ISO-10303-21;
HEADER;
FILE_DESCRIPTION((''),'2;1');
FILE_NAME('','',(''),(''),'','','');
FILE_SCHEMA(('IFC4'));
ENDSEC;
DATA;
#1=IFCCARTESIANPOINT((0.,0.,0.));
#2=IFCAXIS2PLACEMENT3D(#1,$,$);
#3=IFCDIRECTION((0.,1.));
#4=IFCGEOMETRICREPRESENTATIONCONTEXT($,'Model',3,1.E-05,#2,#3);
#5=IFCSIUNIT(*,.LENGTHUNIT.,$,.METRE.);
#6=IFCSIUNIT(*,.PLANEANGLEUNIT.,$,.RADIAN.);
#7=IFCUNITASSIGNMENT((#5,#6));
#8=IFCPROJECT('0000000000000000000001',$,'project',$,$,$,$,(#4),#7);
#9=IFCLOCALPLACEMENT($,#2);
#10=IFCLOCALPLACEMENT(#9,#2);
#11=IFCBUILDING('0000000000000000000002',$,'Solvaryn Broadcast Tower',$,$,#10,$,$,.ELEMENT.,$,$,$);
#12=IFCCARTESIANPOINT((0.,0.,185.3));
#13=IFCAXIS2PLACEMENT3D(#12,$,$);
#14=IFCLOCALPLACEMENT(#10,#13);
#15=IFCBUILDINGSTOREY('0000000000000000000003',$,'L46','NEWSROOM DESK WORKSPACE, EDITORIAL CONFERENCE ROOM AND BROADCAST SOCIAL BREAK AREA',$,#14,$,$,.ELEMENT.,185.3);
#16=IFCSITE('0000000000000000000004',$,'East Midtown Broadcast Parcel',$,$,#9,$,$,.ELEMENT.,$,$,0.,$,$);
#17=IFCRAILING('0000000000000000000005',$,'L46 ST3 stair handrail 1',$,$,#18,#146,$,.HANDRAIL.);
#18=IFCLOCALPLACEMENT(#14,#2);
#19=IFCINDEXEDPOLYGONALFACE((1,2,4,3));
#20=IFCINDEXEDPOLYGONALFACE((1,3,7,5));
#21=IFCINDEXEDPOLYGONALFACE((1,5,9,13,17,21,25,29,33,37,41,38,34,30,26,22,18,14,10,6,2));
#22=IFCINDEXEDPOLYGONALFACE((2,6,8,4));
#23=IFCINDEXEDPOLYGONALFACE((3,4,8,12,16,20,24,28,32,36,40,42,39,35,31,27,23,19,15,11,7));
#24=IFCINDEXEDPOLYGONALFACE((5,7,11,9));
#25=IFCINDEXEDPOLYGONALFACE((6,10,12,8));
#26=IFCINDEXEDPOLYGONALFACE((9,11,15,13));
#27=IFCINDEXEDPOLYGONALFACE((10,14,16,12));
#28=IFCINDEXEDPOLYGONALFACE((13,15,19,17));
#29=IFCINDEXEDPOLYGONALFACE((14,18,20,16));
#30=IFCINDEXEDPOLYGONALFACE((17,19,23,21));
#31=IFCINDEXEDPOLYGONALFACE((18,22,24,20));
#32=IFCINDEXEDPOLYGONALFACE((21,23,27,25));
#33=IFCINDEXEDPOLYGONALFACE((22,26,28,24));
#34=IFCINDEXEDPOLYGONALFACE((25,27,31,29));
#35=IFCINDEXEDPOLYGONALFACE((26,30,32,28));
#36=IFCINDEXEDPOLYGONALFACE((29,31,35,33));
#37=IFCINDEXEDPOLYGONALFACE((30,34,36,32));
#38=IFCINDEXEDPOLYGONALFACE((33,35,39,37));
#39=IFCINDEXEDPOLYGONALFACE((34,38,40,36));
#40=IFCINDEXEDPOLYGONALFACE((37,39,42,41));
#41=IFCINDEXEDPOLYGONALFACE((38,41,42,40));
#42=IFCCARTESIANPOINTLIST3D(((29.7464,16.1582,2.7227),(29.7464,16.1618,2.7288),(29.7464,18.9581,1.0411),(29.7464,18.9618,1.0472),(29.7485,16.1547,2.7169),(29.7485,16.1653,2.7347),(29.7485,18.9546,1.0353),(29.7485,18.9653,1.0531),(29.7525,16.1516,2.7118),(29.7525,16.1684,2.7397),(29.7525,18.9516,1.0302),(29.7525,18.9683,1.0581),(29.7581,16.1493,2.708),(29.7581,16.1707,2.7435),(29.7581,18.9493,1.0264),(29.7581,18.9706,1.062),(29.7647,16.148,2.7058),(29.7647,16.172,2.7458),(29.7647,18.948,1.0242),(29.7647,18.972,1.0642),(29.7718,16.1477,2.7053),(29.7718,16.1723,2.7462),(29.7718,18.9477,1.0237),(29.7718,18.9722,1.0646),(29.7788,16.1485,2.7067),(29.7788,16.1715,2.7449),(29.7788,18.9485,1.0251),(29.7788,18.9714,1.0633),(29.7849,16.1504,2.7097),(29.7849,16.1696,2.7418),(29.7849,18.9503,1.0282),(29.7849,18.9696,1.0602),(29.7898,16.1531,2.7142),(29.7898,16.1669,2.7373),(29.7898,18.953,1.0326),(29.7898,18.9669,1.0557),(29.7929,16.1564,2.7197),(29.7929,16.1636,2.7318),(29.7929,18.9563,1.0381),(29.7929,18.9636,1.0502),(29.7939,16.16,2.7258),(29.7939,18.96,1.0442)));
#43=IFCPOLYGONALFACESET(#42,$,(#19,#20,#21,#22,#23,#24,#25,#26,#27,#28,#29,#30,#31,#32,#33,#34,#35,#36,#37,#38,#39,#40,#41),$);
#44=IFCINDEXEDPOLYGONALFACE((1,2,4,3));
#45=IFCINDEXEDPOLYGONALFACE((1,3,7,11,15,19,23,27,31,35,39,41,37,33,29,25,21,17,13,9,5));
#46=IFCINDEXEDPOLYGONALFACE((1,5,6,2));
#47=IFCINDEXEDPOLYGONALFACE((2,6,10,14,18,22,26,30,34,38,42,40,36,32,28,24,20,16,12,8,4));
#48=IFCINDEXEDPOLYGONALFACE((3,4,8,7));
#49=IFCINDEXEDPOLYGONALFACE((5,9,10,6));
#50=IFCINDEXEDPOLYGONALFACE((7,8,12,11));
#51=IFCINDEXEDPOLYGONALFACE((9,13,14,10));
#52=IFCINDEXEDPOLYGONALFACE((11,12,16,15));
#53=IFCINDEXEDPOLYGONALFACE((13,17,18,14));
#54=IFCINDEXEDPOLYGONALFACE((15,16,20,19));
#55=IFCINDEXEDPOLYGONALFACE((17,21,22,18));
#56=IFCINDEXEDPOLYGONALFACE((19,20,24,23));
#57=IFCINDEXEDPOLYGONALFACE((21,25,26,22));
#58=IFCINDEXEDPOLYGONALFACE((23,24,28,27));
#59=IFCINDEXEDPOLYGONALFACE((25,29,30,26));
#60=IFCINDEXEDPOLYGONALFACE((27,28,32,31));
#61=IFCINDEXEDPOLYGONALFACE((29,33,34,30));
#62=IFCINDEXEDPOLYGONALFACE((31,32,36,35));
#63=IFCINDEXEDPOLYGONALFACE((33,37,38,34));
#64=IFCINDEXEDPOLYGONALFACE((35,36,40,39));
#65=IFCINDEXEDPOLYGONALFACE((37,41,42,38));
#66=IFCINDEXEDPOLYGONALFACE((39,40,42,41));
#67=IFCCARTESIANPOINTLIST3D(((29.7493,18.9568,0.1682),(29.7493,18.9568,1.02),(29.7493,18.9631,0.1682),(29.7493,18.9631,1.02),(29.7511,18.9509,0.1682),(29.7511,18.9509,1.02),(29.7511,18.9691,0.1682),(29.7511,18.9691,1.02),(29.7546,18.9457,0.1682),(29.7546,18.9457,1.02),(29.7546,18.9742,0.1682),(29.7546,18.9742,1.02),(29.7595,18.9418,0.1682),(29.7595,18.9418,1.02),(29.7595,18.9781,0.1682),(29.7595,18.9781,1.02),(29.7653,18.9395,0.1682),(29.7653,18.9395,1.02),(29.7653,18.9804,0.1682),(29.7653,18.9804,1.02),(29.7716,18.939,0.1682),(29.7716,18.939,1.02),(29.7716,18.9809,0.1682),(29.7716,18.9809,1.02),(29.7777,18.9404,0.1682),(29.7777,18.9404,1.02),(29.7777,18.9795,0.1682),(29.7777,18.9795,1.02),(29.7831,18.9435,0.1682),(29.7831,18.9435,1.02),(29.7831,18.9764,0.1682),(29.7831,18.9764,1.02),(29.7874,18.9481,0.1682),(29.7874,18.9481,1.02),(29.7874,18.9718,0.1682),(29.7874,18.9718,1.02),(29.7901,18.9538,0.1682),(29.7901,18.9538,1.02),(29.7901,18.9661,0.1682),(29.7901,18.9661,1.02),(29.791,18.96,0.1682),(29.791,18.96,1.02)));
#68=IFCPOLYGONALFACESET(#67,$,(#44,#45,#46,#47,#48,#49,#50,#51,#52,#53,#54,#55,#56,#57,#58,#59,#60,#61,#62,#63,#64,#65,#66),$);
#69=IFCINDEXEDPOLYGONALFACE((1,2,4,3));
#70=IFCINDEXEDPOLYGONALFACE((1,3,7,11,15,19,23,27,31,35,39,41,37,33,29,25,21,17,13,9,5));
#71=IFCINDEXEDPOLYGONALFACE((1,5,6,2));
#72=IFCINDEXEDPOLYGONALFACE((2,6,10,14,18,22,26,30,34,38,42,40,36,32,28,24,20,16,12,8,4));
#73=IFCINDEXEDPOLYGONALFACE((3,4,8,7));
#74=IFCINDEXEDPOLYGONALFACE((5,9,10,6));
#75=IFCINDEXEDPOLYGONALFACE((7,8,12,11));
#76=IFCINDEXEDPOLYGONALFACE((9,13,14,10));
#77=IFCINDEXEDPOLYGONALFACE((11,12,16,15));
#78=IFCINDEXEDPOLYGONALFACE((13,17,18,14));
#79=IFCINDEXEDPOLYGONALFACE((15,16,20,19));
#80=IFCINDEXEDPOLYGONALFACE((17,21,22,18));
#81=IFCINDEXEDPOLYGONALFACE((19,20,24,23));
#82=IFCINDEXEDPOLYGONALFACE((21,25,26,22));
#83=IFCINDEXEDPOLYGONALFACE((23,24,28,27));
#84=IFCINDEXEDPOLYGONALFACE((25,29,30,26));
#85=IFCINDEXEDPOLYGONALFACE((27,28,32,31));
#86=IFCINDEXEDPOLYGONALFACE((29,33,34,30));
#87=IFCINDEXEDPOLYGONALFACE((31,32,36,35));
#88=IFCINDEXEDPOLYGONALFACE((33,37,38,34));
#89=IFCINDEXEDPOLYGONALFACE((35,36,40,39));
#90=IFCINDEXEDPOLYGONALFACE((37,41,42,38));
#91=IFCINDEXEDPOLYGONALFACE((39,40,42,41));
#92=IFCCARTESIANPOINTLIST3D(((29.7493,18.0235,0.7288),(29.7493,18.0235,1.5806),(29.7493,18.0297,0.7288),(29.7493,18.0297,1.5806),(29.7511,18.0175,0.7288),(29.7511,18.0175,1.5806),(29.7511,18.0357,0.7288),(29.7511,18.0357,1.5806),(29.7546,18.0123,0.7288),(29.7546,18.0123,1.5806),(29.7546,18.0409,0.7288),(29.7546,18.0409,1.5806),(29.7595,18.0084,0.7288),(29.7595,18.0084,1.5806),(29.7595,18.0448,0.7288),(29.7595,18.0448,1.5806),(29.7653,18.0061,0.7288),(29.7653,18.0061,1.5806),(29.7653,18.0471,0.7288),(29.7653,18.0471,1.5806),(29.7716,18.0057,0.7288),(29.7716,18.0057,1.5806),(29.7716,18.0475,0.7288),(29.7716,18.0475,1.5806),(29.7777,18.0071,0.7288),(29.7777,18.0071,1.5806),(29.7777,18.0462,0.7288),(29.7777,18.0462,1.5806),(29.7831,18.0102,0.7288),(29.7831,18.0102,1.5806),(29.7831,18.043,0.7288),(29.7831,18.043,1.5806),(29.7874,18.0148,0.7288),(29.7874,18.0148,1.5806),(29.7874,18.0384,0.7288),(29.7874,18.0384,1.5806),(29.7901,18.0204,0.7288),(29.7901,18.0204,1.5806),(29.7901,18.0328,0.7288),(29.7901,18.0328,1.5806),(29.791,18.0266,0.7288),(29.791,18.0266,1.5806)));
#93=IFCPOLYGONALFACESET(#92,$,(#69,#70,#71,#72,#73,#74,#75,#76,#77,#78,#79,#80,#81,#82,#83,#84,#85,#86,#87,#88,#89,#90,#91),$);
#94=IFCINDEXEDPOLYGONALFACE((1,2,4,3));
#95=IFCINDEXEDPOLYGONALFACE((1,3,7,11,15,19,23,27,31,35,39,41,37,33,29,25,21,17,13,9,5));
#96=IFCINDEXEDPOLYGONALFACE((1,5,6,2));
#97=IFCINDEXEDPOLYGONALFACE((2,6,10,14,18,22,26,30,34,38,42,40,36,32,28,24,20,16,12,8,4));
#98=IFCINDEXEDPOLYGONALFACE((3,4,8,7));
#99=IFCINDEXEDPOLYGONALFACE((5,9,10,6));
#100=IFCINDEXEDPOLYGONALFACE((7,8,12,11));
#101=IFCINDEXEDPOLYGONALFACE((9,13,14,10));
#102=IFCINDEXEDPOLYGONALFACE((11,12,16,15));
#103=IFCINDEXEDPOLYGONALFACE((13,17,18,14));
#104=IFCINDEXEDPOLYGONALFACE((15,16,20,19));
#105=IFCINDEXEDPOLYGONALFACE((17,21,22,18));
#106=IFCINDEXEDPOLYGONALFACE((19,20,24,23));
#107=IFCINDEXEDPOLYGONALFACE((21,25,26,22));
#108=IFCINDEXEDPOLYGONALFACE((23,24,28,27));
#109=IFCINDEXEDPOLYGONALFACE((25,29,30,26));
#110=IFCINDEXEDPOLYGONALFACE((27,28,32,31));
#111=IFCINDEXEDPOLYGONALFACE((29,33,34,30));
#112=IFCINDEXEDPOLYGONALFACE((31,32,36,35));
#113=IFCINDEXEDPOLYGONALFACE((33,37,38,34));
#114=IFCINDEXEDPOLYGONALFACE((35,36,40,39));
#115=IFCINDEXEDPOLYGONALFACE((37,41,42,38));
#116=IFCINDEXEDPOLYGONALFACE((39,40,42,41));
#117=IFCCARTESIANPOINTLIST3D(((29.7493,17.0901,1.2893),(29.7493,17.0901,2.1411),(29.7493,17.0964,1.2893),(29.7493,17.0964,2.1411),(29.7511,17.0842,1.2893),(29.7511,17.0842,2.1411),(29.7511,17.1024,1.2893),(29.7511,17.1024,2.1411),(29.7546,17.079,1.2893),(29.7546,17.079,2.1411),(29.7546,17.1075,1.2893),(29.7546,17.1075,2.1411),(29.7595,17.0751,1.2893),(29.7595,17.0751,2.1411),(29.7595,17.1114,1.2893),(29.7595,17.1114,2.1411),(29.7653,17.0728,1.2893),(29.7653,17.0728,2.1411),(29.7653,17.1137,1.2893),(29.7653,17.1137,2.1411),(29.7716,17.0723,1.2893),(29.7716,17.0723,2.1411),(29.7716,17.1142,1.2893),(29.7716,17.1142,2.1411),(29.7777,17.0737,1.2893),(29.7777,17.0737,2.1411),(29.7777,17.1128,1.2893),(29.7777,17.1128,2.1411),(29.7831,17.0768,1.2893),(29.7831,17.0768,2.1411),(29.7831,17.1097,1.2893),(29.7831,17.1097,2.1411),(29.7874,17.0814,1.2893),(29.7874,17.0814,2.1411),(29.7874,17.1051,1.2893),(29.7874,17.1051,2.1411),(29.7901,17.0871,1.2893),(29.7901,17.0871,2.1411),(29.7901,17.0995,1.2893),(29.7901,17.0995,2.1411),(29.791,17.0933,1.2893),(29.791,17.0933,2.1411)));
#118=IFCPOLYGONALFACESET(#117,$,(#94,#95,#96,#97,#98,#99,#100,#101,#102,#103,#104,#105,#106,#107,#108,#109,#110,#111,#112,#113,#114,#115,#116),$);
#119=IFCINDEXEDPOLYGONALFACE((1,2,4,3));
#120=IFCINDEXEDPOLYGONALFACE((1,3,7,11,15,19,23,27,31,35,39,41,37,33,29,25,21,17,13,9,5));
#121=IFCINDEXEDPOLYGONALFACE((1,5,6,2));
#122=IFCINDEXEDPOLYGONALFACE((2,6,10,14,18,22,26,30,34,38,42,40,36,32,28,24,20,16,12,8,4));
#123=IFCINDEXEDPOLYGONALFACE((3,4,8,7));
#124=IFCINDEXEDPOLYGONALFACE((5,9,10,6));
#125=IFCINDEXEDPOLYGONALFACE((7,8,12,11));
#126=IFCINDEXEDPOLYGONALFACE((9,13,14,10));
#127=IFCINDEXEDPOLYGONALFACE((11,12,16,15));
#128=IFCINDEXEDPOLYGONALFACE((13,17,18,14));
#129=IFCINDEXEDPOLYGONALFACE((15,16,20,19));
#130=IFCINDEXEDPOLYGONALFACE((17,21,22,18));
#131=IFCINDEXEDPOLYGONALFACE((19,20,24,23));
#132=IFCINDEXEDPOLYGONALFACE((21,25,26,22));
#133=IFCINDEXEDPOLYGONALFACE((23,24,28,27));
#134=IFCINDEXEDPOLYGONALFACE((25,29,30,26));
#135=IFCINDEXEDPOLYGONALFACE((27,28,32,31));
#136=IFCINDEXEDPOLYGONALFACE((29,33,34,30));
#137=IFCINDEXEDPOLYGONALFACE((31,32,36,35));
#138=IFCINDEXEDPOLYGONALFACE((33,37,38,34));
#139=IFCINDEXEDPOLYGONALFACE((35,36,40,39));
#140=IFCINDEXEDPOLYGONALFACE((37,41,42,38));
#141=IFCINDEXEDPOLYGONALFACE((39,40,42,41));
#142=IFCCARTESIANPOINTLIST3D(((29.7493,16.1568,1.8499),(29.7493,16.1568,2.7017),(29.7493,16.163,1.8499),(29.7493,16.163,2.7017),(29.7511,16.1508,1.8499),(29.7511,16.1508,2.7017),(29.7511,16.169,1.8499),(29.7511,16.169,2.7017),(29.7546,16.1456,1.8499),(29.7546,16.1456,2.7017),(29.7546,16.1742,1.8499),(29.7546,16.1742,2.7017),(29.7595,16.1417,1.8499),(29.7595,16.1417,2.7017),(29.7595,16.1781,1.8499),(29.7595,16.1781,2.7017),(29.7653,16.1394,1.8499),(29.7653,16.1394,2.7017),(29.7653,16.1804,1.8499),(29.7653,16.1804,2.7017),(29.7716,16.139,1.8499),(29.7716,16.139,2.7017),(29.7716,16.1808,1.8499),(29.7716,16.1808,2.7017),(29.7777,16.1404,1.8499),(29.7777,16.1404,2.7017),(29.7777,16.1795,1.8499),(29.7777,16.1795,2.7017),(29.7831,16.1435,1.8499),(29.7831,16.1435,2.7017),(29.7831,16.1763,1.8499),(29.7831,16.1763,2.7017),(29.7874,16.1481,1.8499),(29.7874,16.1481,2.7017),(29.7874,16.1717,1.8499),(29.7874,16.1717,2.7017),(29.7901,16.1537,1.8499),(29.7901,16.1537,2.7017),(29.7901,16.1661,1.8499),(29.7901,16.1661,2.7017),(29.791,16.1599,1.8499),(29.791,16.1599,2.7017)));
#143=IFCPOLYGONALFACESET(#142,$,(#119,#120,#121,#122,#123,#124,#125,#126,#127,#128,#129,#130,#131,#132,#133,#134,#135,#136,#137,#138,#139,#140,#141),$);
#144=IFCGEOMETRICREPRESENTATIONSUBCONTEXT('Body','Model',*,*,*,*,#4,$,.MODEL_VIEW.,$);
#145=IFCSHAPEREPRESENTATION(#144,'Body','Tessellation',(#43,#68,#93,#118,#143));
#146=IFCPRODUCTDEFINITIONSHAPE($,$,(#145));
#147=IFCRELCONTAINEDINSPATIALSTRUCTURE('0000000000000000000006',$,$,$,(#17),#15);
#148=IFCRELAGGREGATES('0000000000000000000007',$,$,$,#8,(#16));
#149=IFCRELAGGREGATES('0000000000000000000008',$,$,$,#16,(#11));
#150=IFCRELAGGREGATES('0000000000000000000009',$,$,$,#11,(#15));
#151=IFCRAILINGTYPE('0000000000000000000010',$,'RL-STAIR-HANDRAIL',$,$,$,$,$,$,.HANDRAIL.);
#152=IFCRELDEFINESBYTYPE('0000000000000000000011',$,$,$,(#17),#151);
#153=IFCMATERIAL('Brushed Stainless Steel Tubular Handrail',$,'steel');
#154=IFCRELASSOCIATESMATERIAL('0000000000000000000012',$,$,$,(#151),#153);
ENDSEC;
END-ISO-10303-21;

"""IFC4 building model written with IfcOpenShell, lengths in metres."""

from ifc_helpers import new_model, si_unit, direction, frame, origin, origin_2d, place, context, subcontext, project, spatial, circle, extrude, material, type_object, element, save


model = new_model("IFC4")

# Units and contexts
model_context = context("Model", 3, precision=1e-05, world=origin(), true_north=direction((0.0, 1.0)))
body_context = subcontext(model_context, "Body", "Model", "MODEL_VIEW")
ifc_project = project(units=[si_unit("LENGTHUNIT", "METRE"), si_unit("PLANEANGLEUNIT", "RADIAN")], contexts=[model_context])

# Site, building, storey
site_placement = place(None, origin())
site = spatial("IfcSite", under=ifc_project, at=site_placement, Name="East Midtown Broadcast Parcel", CompositionType="ELEMENT", RefElevation=0.0)
building_placement = place(site_placement, origin())
building = spatial("IfcBuilding", under=site, at=building_placement, Name="Solvaryn Broadcast Tower", CompositionType="ELEMENT")
storey_placement = place(building_placement, frame((0.0, 0.0, 185.3)))
storey = spatial("IfcBuildingStorey", under=building, at=storey_placement, Name="L46", Description="NEWSROOM DESK WORKSPACE, EDITORIAL CONFERENCE ROOM AND BROADCAST SOCIAL BREAK AREA", CompositionType="ELEMENT", Elevation=185.3)

# Railing
ifc_material_1 = material(Name="Brushed Stainless Steel Tubular Handrail", Category="steel")
railing_type_1 = type_object("IfcRailingType", Name="RL-STAIR-HANDRAIL", PredefinedType="HANDRAIL", material=ifc_material_1)
railing_1_placement = place(storey_placement, frame((29.77, 18.96, 0.1682)))
element("IfcRailing", 1, at=railing_1_placement, inside=storey, type_object=railing_type_1, Name="L46 ST3 stair handrail 1", PredefinedType="HANDRAIL", context=body_context, shape_type="SweptSolid", body=[
    extrude(circle(Radius=0.0239, at=origin_2d()), frame((0.0, 0.0, 0.876), z_axis=(0.0, -0.857275, 0.514858), x_axis=(1.0, 0.0, 0.0)), (0.0, 0.0, 1.0), 3.2661),
    extrude(circle(Radius=0.021, at=origin_2d()), origin(), (0.0, 0.0, 1.0), 0.8518),
    extrude(circle(Radius=0.021, at=origin_2d()), frame((0.0, -0.9333, 0.5605)), (0.0, 0.0, 1.0), 0.8518),
    extrude(circle(Radius=0.021, at=origin_2d()), frame((0.0, -1.8667, 1.1211)), (0.0, 0.0, 1.0), 0.8518),
    extrude(circle(Radius=0.021, at=origin_2d()), frame((0.0, -2.8, 1.6816)), (0.0, 0.0, 1.0), 0.8518),
])

save(model, "model.ifc")
